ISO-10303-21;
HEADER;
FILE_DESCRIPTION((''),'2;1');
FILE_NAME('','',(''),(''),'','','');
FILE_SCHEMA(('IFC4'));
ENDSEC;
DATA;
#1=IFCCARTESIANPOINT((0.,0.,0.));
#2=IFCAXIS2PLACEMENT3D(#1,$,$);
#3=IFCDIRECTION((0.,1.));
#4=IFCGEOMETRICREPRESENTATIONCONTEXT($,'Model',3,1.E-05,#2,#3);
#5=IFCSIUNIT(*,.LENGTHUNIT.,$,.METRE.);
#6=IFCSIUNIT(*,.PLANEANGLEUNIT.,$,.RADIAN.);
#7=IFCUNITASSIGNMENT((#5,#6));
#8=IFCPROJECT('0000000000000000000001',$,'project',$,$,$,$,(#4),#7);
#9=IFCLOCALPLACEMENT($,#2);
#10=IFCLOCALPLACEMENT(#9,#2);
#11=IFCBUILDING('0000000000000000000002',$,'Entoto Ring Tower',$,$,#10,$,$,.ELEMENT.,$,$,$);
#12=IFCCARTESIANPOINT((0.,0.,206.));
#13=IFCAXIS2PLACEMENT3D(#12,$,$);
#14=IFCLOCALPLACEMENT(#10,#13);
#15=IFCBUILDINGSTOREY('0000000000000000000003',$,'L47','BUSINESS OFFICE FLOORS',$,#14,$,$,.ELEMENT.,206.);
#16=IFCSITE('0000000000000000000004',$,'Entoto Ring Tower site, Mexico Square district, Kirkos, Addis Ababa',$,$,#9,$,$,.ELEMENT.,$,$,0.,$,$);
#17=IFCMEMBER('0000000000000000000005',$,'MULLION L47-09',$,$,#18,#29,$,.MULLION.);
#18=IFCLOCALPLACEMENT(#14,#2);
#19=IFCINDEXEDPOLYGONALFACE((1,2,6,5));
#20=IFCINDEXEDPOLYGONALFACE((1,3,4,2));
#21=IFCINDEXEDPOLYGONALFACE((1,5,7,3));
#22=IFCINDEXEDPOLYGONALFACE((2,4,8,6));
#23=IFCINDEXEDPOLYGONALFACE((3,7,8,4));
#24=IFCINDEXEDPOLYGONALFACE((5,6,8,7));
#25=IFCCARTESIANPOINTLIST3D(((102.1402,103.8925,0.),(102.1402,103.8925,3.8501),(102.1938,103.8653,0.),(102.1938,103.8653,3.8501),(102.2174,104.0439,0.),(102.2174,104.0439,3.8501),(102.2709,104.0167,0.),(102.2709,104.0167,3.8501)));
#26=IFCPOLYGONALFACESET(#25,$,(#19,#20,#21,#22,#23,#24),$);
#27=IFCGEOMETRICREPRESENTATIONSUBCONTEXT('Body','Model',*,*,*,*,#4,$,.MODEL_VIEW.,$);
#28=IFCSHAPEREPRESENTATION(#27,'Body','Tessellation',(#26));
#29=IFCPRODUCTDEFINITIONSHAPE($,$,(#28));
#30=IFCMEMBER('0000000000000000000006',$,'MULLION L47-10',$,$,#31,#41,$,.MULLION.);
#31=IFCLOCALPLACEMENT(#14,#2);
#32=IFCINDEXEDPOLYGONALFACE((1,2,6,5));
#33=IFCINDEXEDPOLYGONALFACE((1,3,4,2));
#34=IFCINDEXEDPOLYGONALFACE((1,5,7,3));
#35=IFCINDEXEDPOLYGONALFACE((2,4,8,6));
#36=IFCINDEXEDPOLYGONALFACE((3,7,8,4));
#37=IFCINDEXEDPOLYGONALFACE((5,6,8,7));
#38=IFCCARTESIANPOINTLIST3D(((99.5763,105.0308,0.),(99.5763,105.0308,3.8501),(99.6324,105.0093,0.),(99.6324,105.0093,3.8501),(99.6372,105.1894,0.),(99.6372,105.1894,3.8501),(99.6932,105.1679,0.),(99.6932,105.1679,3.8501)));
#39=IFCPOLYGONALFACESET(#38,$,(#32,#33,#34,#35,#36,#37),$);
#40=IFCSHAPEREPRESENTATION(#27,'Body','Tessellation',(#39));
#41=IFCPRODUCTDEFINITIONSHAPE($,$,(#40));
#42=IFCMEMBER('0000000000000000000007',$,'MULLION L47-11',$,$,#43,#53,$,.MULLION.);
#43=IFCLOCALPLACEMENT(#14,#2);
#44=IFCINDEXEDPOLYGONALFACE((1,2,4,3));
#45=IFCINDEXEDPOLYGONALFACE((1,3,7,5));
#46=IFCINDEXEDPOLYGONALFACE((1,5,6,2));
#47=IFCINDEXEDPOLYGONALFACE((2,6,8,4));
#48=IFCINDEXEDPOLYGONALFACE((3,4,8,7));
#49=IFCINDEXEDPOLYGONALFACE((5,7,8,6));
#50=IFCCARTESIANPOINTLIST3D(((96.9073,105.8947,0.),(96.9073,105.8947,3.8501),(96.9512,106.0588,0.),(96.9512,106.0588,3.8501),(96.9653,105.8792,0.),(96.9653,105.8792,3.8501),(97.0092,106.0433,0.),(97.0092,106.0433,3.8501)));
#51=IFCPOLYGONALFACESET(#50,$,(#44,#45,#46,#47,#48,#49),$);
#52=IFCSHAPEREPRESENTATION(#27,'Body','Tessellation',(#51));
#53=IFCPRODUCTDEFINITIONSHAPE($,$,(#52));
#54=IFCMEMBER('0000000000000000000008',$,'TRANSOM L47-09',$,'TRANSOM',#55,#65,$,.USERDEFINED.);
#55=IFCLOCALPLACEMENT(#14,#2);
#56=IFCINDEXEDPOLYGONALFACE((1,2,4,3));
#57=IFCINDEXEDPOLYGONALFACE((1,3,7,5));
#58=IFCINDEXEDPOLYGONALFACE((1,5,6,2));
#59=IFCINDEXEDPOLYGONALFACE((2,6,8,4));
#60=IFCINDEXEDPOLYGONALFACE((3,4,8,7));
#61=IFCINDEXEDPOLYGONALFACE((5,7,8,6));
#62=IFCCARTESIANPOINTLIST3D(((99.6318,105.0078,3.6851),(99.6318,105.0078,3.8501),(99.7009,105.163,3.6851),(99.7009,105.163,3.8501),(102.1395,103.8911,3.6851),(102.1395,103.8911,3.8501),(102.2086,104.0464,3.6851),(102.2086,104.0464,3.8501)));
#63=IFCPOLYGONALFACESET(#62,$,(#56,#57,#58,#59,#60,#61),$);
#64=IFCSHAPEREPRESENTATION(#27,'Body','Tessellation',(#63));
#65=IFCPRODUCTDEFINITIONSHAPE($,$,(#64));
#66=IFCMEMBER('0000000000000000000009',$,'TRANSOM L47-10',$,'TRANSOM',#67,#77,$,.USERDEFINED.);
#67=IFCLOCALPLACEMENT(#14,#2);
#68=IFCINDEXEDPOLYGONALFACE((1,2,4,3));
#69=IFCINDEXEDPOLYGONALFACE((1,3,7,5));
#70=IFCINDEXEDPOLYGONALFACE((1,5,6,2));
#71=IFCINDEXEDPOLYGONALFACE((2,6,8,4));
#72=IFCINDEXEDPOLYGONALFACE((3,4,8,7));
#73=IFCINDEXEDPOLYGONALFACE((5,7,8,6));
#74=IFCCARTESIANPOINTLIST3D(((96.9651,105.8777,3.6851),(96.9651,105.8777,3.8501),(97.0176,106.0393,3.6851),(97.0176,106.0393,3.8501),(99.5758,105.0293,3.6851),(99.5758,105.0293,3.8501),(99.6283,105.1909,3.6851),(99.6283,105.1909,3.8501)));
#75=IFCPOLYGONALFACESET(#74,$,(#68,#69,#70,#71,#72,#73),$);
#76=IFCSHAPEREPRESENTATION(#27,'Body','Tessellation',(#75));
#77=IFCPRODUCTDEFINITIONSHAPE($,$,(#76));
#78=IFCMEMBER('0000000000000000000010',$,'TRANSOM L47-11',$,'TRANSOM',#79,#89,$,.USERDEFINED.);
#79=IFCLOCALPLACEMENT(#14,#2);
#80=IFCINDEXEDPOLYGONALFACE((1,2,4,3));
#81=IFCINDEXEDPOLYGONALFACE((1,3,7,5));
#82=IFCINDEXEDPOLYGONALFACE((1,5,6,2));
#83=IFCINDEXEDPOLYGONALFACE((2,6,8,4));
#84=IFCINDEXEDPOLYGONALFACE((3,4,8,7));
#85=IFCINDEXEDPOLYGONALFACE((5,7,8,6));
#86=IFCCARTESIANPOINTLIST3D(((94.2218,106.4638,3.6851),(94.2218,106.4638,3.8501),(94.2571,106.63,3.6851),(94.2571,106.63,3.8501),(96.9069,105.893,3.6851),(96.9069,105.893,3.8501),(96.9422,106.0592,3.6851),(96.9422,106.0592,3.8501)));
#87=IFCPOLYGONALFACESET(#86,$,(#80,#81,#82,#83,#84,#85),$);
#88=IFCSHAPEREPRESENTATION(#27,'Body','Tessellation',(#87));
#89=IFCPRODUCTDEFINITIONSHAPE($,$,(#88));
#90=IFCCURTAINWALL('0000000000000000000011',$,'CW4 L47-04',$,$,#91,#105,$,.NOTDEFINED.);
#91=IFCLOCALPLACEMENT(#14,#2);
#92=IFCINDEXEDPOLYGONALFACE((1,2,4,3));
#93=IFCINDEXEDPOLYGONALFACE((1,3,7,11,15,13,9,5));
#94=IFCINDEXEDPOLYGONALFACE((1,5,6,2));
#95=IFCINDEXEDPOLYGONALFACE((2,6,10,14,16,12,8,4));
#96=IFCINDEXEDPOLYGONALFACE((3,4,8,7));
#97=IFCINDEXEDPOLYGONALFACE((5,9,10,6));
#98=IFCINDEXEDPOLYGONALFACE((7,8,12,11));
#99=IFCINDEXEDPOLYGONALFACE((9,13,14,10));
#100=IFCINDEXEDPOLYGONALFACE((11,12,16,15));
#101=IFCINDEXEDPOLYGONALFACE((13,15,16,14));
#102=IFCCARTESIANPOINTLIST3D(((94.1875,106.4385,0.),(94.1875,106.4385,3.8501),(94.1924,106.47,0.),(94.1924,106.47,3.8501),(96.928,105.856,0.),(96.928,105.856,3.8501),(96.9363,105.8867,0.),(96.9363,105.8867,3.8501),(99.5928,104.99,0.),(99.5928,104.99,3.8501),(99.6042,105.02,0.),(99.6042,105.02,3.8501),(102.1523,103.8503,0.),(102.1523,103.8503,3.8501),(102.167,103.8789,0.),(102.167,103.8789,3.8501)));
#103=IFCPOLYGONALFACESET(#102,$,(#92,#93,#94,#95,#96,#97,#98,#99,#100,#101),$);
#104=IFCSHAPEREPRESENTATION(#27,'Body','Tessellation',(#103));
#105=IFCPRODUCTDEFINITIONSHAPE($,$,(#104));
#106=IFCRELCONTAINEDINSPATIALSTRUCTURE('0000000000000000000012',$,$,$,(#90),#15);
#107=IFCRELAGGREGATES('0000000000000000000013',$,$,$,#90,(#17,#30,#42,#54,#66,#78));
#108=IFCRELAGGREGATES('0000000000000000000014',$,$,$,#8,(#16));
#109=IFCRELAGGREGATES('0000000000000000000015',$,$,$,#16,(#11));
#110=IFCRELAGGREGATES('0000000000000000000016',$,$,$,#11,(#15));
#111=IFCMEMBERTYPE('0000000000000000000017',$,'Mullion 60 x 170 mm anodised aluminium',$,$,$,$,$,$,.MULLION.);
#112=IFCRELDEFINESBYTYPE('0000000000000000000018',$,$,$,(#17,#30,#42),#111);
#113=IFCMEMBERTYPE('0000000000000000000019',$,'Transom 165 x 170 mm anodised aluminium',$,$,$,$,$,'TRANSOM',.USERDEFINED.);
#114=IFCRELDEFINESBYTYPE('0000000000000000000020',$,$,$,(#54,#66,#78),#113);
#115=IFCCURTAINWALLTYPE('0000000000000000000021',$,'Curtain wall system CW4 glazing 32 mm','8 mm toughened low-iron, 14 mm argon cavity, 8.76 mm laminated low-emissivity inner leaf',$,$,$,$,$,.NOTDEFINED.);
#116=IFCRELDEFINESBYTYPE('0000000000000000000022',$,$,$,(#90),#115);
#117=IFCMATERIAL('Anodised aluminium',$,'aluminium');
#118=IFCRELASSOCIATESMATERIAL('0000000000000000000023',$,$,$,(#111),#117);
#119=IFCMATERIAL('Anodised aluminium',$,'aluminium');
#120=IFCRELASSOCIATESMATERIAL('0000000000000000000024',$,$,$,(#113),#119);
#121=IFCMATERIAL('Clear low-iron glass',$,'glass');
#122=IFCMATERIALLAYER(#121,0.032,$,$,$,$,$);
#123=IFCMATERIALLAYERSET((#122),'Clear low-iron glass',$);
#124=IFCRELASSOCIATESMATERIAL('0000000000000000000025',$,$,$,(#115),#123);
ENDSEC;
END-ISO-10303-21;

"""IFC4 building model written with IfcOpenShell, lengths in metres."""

from ifc_helpers import new_model, si_unit, direction, frame, origin, origin_2d, place, context, subcontext, project, spatial, polyline, rectangle, outline, extrude, material, layer, layer_set, material_profile, profile_set, type_object, element, aggregate, save


model = new_model("IFC4")

# Units and contexts
model_context = context("Model", 3, precision=1e-05, world=origin(), true_north=direction((0.0, 1.0)))
body_context = subcontext(model_context, "Body", "Model", "MODEL_VIEW")
ifc_project = project(units=[si_unit("LENGTHUNIT", "METRE"), si_unit("PLANEANGLEUNIT", "RADIAN")], contexts=[model_context])

# Members
ifc_material_1 = material(Name="Anodised aluminium", Category="aluminium")
ifc_material_profile_1 = material_profile(ifc_material_1, rectangle(XDim=0.0601, YDim=0.1699, at=origin_2d()), Name="Mullion 60 x 170 mm anodised aluminium")
ifc_profile_set_1 = profile_set([ifc_material_profile_1], Name="Anodised aluminium")
member_type_1 = type_object("IfcMemberType", Name="Mullion 60 x 170 mm anodised aluminium", PredefinedType="MULLION", material=ifc_profile_set_1)
site_placement = place(None, origin())
building_placement = place(site_placement, origin())
storey_placement = place(building_placement, frame((0.0, 0.0, 206.0)))
member_1_placement = place(storey_placement, frame((102.2056, 103.9546, 0.0), z_axis=(0.0, 0.0, 1.0), x_axis=(-0.891007, 0.45399, 0.0)))
member_1 = element("IfcMember", 1, at=member_1_placement, type_object=member_type_1, Name="MULLION L47-09", PredefinedType="MULLION", context=body_context, shape_type="SweptSolid", body=[
    extrude(rectangle(XDim=0.0601, YDim=0.1699, at=origin_2d()), origin(), (0.0, 0.0, 1.0), 3.8501),
])
member_2_placement = place(storey_placement, frame((99.6348, 105.0994, 0.0), z_axis=(0.0, 0.0, 1.0), x_axis=(-0.93358, 0.358368, 0.0)))
member_2 = element("IfcMember", 2, at=member_2_placement, type_object=member_type_1, Name="MULLION L47-10", PredefinedType="MULLION", context=body_context, shape_type="SweptSolid", body=[
    extrude(rectangle(XDim=0.0601, YDim=0.1699, at=origin_2d()), origin(), (0.0, 0.0, 1.0), 3.8501),
])
member_3_placement = place(storey_placement, frame((96.9583, 105.969, 0.0), z_axis=(0.0, 0.0, 1.0), x_axis=(-0.965926, 0.258819, 0.0)))
member_3 = element("IfcMember", 3, at=member_3_placement, type_object=member_type_1, Name="MULLION L47-11", PredefinedType="MULLION", context=body_context, shape_type="SweptSolid", body=[
    extrude(rectangle(XDim=0.0601, YDim=0.1699, at=origin_2d()), origin(), (0.0, 0.0, 1.0), 3.8501),
])
ifc_material_2 = material(Name="Anodised aluminium", Category="aluminium")
ifc_material_profile_2 = material_profile(ifc_material_2, rectangle(XDim=0.1699, YDim=0.165, at=origin_2d()), Name="Transom 165 x 170 mm anodised aluminium")
ifc_profile_set_2 = profile_set([ifc_material_profile_2], Name="Anodised aluminium")
member_type_2 = type_object("IfcMemberType", Name="Transom 165 x 170 mm anodised aluminium", ElementType="TRANSOM", PredefinedType="USERDEFINED", material=ifc_profile_set_2)
member_4_placement = place(storey_placement, frame((102.1741, 103.9688, 3.7676), z_axis=(-0.913525, 0.406782, 0.0), x_axis=(-0.406782, -0.913525, 0.0)))
member_4 = element("IfcMember", 4, at=member_4_placement, type_object=member_type_2, Name="TRANSOM L47-09", ObjectType="TRANSOM", PredefinedType="USERDEFINED", context=body_context, shape_type="SweptSolid", body=[
    extrude(rectangle(XDim=0.1699, YDim=0.165, at=origin_2d()), origin(), (0.0, 0.0, 1.0), 2.7451),
])
member_5_placement = place(storey_placement, frame((99.6021, 105.1101, 3.7676), z_axis=(-0.951048, 0.309042, 0.0), x_axis=(-0.309042, -0.951048, 0.0)))
member_5 = element("IfcMember", 5, at=member_5_placement, type_object=member_type_2, Name="TRANSOM L47-10", ObjectType="TRANSOM", PredefinedType="USERDEFINED", context=body_context, shape_type="SweptSolid", body=[
    extrude(rectangle(XDim=0.1699, YDim=0.165, at=origin_2d()), origin(), (0.0, 0.0, 1.0), 2.7451),
])
member_6_placement = place(storey_placement, frame((96.9246, 105.9761, 3.7676), z_axis=(-0.978142, 0.207937, 0.0), x_axis=(-0.207937, -0.978142, 0.0)))
member_6 = element("IfcMember", 6, at=member_6_placement, type_object=member_type_2, Name="TRANSOM L47-11", ObjectType="TRANSOM", PredefinedType="USERDEFINED", context=body_context, shape_type="SweptSolid", body=[
    extrude(rectangle(XDim=0.1699, YDim=0.165, at=origin_2d()), origin(), (0.0, 0.0, 1.0), 2.7451),
])

# Site, building, storey
site = spatial("IfcSite", under=ifc_project, at=site_placement, Name="Entoto Ring Tower site, Mexico Square district, Kirkos, Addis Ababa", CompositionType="ELEMENT", RefElevation=0.0)
building = spatial("IfcBuilding", under=site, at=building_placement, Name="Entoto Ring Tower", CompositionType="ELEMENT")
storey = spatial("IfcBuildingStorey", under=building, at=storey_placement, Name="L47", Description="BUSINESS OFFICE FLOORS", CompositionType="ELEMENT", Elevation=206.0)

# Curtain wall
ifc_material_3 = material(Name="Clear low-iron glass", Category="glass")
ifc_layer = layer(ifc_material_3, 0.032)
ifc_layer_set = layer_set([ifc_layer], Name="Clear low-iron glass")
curtain_wall_type = type_object("IfcCurtainWallType", Name="Curtain wall system CW4 glazing 32 mm", Description="8 mm toughened low-iron, 14 mm argon cavity, 8.76 mm laminated low-emissivity inner leaf", PredefinedType="NOTDEFINED", material=ifc_layer_set)
curtain_wall_1_placement = place(storey_placement, origin())
curtain_wall_1 = element("IfcCurtainWall", 7, at=curtain_wall_1_placement, inside=storey, type_object=curtain_wall_type, Name="CW4 L47-04", PredefinedType="NOTDEFINED", context=body_context, shape_type="SweptSolid", body=[
    extrude(outline(polyline([(102.167, 103.8789), (99.6042, 105.02), (96.9363, 105.8867), (94.1924, 106.47), (94.1875, 106.4385), (96.928, 105.856), (99.5928, 104.99), (102.1523, 103.8503), (102.167, 103.8789)])), origin(), (0.0, 0.0, 1.0), 3.8501),
])
aggregate(curtain_wall_1, [member_1, member_2, member_3, member_4, member_5, member_6])

save(model, "model.ifc")
